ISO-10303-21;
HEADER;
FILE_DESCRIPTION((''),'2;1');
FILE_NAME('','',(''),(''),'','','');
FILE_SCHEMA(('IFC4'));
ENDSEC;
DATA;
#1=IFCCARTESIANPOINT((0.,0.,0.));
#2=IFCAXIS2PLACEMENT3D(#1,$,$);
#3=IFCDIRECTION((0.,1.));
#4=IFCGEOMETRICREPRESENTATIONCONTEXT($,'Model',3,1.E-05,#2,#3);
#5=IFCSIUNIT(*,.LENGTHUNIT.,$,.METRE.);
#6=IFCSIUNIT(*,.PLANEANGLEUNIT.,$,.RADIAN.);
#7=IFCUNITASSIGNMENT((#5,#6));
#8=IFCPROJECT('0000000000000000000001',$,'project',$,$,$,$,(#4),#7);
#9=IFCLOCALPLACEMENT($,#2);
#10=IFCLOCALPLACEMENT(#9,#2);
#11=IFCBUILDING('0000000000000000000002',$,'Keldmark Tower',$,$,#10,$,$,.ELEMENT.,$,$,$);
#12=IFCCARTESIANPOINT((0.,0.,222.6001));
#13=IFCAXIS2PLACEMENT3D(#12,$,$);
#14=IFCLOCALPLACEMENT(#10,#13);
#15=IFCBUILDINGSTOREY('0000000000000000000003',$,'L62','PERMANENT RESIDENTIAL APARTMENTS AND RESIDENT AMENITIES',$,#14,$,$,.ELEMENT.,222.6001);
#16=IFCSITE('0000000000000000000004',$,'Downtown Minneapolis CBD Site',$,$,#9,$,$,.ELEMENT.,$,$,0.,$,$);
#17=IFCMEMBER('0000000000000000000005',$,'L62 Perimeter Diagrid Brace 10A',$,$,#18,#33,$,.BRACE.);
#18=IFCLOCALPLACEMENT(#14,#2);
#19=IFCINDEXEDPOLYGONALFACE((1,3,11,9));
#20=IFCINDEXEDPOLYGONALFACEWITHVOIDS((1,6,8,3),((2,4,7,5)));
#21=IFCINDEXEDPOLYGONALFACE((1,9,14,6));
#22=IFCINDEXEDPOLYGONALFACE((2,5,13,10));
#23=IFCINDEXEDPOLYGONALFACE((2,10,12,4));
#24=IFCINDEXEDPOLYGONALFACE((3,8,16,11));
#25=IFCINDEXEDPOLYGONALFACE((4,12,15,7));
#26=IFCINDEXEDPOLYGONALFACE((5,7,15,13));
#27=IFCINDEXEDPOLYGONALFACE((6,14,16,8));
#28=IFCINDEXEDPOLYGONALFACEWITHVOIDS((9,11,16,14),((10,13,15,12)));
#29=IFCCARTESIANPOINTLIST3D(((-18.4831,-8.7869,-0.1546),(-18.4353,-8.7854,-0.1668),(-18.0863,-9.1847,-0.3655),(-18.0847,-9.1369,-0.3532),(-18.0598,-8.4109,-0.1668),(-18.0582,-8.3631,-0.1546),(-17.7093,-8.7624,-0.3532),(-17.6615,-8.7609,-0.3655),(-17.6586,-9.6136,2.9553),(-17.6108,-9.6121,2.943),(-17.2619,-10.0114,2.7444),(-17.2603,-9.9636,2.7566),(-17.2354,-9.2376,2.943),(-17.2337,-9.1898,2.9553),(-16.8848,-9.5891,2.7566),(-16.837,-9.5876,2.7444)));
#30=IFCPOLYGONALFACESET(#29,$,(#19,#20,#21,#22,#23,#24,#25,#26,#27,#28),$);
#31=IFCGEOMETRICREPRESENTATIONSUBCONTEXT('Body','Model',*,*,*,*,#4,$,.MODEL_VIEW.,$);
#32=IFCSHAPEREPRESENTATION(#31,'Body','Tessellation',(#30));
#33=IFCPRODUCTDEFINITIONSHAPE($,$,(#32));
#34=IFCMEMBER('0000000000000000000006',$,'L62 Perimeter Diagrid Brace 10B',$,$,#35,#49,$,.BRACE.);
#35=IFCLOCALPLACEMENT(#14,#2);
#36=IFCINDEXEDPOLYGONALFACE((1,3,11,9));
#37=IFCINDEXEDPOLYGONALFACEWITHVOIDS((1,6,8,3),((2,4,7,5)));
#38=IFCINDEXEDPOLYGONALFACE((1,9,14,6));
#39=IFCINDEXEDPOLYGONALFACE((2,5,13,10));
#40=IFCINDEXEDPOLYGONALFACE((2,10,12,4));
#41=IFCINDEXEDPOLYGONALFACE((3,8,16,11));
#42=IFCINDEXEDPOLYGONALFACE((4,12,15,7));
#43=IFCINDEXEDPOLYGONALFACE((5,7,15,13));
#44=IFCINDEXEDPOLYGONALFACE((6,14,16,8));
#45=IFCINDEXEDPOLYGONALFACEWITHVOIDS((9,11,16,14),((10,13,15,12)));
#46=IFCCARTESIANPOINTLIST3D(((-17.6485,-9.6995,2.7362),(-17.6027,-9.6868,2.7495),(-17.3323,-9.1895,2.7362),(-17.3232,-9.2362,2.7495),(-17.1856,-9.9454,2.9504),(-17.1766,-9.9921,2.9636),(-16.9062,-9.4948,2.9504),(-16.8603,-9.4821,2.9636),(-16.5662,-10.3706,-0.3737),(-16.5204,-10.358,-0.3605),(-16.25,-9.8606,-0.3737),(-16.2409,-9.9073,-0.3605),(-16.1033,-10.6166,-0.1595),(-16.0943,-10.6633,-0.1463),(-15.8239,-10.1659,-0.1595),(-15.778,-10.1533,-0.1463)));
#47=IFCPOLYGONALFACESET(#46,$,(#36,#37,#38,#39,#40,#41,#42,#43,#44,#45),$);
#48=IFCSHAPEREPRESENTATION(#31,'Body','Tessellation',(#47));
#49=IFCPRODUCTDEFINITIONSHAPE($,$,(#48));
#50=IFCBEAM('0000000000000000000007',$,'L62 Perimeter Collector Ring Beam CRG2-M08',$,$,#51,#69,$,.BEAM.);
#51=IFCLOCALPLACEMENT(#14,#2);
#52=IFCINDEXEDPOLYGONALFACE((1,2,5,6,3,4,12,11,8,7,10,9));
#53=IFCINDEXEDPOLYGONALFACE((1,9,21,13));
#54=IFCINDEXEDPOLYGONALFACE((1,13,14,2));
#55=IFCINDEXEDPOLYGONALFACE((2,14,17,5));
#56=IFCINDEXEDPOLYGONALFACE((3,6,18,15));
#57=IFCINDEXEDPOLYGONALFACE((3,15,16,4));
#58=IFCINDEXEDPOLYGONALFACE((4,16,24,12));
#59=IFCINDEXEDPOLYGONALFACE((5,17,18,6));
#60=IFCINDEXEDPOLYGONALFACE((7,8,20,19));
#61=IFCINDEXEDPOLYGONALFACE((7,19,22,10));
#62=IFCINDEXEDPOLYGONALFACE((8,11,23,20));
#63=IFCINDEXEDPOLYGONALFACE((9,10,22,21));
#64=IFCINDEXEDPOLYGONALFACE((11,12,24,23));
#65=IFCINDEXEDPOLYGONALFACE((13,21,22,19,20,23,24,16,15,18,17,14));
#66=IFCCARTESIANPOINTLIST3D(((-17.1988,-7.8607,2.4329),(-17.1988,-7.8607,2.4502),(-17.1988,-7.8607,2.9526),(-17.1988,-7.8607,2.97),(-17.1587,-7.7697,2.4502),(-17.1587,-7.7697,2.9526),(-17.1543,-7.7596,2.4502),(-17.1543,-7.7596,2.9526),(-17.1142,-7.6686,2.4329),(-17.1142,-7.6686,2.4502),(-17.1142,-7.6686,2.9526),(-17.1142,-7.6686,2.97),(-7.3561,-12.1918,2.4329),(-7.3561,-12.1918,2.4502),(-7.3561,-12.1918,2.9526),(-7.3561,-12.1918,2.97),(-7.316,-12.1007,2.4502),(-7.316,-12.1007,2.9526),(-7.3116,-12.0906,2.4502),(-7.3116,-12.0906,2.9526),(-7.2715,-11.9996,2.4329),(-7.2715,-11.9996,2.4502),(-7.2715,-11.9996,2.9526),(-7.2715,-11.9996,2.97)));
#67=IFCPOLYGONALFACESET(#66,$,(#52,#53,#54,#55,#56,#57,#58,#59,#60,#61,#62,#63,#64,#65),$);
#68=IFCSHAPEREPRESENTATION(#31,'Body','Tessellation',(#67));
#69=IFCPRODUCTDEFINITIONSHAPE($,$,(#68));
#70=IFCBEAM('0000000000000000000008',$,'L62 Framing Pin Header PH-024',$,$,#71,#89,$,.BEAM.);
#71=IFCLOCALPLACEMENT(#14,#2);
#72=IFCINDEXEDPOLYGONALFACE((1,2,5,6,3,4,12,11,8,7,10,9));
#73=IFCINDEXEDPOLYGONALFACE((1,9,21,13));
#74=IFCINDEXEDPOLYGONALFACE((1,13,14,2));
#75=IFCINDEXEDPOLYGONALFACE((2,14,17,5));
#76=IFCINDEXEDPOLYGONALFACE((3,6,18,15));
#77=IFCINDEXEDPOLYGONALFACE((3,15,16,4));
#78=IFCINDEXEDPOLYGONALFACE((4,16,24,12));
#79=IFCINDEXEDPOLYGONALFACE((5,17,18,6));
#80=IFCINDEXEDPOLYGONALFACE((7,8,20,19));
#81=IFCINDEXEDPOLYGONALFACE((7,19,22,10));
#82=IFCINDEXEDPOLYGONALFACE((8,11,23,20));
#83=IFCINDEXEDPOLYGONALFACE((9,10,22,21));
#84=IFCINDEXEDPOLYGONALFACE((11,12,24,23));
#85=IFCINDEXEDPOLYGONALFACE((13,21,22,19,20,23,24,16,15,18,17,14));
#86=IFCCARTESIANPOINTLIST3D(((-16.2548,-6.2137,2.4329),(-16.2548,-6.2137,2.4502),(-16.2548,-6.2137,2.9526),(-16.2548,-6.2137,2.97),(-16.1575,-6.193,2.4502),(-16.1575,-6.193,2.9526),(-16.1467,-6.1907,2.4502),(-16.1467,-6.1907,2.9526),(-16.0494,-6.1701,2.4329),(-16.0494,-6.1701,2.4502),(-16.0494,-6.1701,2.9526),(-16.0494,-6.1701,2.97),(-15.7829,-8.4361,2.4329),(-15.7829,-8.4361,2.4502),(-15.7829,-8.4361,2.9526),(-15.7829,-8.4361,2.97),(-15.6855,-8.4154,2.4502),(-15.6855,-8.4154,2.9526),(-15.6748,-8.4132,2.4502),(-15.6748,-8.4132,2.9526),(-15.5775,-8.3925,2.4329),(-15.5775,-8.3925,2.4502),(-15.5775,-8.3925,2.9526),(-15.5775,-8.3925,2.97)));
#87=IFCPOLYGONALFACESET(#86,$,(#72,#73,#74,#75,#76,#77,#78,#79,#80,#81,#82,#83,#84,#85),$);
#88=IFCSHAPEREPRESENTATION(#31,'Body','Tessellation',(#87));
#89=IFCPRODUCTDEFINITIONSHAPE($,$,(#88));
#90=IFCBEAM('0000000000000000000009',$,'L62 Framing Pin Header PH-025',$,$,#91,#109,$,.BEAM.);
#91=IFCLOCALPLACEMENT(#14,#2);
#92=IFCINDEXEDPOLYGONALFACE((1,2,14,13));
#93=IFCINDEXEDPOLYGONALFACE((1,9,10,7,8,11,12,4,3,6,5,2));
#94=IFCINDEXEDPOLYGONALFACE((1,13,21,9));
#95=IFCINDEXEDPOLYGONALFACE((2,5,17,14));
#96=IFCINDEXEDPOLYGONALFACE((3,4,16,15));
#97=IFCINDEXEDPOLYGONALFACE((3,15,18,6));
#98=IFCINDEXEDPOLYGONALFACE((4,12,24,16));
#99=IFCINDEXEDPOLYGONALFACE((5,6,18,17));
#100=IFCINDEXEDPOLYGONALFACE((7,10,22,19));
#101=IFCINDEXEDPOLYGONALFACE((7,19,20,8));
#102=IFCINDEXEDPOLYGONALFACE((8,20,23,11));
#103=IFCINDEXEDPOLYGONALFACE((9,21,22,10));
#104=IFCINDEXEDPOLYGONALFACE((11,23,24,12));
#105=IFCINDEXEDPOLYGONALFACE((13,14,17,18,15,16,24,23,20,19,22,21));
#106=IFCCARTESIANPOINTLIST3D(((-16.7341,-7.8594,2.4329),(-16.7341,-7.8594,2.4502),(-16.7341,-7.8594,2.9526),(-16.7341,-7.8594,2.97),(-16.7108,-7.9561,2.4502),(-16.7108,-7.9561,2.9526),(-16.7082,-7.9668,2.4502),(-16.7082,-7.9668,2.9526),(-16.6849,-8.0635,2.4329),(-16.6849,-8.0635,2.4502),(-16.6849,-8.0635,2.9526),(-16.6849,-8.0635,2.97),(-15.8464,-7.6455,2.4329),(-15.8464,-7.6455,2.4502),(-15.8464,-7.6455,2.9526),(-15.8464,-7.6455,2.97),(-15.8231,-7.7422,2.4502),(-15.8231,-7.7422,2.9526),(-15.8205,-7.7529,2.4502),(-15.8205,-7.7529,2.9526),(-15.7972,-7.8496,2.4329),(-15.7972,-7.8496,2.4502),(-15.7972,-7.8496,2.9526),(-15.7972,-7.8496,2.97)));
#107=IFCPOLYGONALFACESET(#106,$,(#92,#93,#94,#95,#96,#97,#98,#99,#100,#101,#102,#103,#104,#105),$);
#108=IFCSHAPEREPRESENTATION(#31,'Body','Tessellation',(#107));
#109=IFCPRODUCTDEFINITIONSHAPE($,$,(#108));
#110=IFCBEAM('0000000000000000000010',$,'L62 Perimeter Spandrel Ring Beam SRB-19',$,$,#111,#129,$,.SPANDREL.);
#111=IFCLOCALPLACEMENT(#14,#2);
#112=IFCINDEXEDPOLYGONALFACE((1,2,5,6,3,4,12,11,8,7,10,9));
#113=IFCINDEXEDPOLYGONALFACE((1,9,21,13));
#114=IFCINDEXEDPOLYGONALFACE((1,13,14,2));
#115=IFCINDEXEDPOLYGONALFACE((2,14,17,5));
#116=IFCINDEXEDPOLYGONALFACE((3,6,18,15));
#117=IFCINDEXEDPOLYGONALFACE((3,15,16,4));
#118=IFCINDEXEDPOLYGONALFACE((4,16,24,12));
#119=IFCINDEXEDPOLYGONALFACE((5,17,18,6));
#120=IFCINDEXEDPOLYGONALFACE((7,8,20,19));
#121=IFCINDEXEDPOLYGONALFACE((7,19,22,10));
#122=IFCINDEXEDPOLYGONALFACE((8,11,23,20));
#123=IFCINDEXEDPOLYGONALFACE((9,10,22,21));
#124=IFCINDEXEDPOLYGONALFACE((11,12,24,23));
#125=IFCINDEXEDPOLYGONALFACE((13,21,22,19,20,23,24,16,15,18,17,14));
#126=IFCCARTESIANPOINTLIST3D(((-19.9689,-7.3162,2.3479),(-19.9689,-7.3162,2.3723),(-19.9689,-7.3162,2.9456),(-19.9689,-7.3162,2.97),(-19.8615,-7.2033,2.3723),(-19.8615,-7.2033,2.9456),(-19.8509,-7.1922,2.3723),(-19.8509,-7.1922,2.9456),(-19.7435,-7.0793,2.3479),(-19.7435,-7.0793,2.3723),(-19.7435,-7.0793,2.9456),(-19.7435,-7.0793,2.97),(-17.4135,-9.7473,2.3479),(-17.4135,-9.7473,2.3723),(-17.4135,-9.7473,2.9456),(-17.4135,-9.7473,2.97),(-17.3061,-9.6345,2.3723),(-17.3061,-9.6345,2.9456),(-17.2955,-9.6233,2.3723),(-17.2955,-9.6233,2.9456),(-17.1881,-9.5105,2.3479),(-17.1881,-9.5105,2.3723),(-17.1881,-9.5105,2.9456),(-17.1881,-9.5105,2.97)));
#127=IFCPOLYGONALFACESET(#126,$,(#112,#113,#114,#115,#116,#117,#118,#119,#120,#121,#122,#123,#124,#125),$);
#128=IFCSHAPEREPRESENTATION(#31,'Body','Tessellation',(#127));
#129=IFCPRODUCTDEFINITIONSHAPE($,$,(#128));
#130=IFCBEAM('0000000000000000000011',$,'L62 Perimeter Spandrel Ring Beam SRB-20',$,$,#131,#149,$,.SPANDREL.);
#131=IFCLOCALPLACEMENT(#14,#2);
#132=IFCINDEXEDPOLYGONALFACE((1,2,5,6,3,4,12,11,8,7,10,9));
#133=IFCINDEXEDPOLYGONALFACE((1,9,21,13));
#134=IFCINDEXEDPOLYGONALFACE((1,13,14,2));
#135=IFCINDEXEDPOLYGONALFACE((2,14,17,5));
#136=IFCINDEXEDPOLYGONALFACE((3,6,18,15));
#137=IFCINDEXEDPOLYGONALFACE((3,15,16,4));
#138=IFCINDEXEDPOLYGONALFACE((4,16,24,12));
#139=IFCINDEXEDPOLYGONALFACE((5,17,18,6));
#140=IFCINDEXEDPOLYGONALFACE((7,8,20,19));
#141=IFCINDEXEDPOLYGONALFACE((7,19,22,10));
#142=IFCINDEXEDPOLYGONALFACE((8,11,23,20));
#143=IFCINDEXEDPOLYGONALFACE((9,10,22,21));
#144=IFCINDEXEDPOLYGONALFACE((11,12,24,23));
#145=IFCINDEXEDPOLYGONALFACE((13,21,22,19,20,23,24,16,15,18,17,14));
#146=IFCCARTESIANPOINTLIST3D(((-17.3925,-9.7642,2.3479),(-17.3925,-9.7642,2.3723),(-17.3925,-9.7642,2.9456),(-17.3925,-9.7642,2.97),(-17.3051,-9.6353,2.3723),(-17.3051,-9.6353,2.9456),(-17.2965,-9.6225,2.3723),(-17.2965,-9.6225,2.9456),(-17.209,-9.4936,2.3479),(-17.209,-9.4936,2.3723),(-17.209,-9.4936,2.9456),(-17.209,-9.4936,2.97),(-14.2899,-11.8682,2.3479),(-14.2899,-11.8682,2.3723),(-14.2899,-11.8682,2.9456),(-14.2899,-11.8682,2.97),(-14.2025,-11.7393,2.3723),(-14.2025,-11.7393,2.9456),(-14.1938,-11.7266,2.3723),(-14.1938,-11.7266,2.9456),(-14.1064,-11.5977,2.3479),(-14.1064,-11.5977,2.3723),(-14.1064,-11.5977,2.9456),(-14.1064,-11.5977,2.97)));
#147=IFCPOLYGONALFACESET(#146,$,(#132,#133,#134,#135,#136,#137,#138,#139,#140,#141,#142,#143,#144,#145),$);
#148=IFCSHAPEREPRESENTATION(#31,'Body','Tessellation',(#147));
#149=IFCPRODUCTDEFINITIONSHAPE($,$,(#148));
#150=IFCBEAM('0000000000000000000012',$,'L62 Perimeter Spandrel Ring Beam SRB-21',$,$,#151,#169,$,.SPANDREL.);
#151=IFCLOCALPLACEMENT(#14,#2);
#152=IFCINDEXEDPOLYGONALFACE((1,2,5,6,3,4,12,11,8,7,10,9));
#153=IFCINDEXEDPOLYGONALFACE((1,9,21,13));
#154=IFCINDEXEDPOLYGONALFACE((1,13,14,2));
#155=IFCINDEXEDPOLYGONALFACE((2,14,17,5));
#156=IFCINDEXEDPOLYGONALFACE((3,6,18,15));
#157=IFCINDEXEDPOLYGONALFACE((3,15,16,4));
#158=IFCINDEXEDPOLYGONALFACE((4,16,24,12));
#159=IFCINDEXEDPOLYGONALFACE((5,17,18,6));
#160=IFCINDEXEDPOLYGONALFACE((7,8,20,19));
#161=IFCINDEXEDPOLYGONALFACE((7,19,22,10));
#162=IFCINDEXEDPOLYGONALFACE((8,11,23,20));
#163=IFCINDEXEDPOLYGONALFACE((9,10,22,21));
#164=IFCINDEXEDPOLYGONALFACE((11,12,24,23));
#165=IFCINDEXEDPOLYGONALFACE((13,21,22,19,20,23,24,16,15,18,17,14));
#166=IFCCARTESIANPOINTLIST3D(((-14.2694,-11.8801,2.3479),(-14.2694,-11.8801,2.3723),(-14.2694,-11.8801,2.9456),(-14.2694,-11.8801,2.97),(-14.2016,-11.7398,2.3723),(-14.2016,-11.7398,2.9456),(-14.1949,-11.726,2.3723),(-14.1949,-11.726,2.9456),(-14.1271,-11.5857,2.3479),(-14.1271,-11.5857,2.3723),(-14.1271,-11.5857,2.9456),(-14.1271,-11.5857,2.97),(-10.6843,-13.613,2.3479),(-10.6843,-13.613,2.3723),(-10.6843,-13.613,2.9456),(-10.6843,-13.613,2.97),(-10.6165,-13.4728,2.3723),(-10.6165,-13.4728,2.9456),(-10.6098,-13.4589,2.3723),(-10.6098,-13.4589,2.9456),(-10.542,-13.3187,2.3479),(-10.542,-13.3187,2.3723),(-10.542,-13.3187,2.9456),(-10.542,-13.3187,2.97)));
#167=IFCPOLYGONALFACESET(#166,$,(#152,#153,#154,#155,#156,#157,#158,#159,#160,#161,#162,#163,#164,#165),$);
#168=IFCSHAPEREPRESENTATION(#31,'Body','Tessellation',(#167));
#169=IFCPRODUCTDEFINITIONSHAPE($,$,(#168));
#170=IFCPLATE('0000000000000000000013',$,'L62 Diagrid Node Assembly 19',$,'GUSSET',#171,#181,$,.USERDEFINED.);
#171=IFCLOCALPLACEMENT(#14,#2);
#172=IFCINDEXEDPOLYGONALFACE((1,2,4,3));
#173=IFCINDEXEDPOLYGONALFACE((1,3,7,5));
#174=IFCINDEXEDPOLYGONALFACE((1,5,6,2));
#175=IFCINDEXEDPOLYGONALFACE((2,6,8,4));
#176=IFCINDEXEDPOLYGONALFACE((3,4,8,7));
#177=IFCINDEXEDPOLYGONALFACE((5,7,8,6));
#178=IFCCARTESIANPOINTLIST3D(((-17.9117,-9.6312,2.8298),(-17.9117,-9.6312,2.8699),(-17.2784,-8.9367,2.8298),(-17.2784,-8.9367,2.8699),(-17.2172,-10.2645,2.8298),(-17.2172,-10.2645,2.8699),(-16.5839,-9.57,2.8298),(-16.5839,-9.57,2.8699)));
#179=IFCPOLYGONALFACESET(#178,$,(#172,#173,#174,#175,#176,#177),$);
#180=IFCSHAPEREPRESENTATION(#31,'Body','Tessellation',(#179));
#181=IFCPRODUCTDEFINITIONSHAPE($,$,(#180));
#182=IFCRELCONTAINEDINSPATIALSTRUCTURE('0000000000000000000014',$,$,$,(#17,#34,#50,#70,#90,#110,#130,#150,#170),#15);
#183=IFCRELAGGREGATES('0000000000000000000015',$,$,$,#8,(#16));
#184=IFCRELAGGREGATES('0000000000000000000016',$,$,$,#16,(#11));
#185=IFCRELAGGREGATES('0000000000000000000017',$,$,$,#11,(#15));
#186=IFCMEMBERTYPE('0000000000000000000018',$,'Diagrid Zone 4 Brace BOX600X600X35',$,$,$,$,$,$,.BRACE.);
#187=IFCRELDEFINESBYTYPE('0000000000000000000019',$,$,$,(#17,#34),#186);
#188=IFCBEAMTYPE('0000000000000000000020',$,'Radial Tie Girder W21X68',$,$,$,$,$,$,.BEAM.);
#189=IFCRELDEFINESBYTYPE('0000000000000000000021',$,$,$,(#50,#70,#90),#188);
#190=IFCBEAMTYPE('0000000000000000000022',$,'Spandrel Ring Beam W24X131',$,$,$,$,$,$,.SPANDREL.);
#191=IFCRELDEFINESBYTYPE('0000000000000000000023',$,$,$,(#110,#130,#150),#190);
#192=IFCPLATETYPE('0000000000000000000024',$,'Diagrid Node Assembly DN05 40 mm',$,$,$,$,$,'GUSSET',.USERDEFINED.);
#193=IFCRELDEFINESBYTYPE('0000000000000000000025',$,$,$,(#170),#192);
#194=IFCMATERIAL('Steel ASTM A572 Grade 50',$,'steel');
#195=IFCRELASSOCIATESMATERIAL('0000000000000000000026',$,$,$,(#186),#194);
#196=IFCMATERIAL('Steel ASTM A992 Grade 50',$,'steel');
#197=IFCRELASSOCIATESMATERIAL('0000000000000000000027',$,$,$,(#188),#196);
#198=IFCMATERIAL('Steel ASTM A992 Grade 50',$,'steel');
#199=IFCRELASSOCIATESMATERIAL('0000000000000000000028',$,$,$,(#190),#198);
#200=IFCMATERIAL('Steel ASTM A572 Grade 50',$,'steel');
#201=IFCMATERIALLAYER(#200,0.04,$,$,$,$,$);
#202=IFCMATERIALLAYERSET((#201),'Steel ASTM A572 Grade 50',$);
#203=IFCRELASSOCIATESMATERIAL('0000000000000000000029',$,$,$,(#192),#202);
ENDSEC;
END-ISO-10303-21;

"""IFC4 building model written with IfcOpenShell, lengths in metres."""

from ifc_helpers import new_model, si_unit, direction, frame, origin, origin_2d, place, context, subcontext, project, spatial, rectangle, hollow_rectangle, i_section, extrude, material, layer, layer_set, material_profile, profile_set, type_object, element, save


model = new_model("IFC4")

# Units and contexts
model_context = context("Model", 3, precision=1e-05, world=origin(), true_north=direction((0.0, 1.0)))
body_context = subcontext(model_context, "Body", "Model", "MODEL_VIEW")
ifc_project = project(units=[si_unit("LENGTHUNIT", "METRE"), si_unit("PLANEANGLEUNIT", "RADIAN")], contexts=[model_context])

# Site, building, storey
site_placement = place(None, origin())
site = spatial("IfcSite", under=ifc_project, at=site_placement, Name="Downtown Minneapolis CBD Site", CompositionType="ELEMENT", RefElevation=0.0)
building_placement = place(site_placement, origin())
building = spatial("IfcBuilding", under=site, at=building_placement, Name="Keldmark Tower", CompositionType="ELEMENT")
storey_placement = place(building_placement, frame((0.0, 0.0, 222.6001)))
storey = spatial("IfcBuildingStorey", under=building, at=storey_placement, Name="L62", Description="PERMANENT RESIDENTIAL APARTMENTS AND RESIDENT AMENITIES", CompositionType="ELEMENT", Elevation=222.6001)

# Members
ifc_material_1 = material(Name="Steel ASTM A572 Grade 50", Category="steel")
ifc_material_profile_1 = material_profile(ifc_material_1, hollow_rectangle(XDim=0.6001, YDim=0.6001, WallThickness=0.0349, at=origin_2d()), Name="BOX600X600X35")
ifc_profile_set_1 = profile_set([ifc_material_profile_1], Name="Steel ASTM A572 Grade 50")
member_type = type_object("IfcMemberType", Name="Diagrid Zone 4 Brace BOX600X600X35", PredefinedType="BRACE", material=ifc_profile_set_1)
member_1_placement = place(storey_placement, frame((-18.0723, -8.7739, -0.26), z_axis=(0.248198, -0.248859, 0.936198), x_axis=(0.708047, 0.706165, 0.0)))
element("IfcMember", 1, at=member_1_placement, inside=storey, type_object=member_type, Name="L62 Perimeter Diagrid Brace 10A", PredefinedType="BRACE", context=body_context, shape_type="SweptSolid", body=[
    extrude(hollow_rectangle(XDim=0.6001, YDim=0.6001, WallThickness=0.0349, at=origin_2d()), origin(), (0.0, 0.0, 1.0), 3.3218),
])
member_2_placement = place(storey_placement, frame((-16.1721, -10.262, -0.26), z_axis=(-0.322057, 0.199715, 0.925415), x_axis=(-0.527014, -0.849856, 0.0)))
element("IfcMember", 2, at=member_2_placement, inside=storey, type_object=member_type, Name="L62 Perimeter Diagrid Brace 10B", PredefinedType="BRACE", context=body_context, shape_type="SweptSolid", body=[
    extrude(hollow_rectangle(XDim=0.6001, YDim=0.6001, WallThickness=0.0349, at=origin_2d()), origin(), (0.0, 0.0, 1.0), 3.3606),
])

# Beams
ifc_material_2 = material(Name="Steel ASTM A992 Grade 50", Category="steel")
ifc_material_profile_2 = material_profile(ifc_material_2, i_section(OverallWidth=0.21, OverallDepth=0.5371, WebThickness=0.011, FlangeThickness=0.0173, at=origin_2d()), Name="W21X68")
ifc_profile_set_2 = profile_set([ifc_material_profile_2], Name="Steel ASTM A992 Grade 50")
beam_type_1 = type_object("IfcBeamType", Name="Radial Tie Girder W21X68", PredefinedType="BEAM", material=ifc_profile_set_2)
beam_1_placement = place(storey_placement, frame((-17.1565, -7.7646, 2.7014), z_axis=(0.915307, -0.402757, 0.0), x_axis=(0.402757, 0.915307, 0.0)))
element("IfcBeam", 3, at=beam_1_placement, inside=storey, type_object=beam_type_1, Name="L62 Perimeter Collector Ring Beam CRG2-M08", PredefinedType="BEAM", context=body_context, shape_type="SweptSolid", body=[
    extrude(i_section(OverallWidth=0.21, OverallDepth=0.5371, WebThickness=0.011, FlangeThickness=0.0173, at=origin_2d()), origin(), (0.0, 0.0, 1.0), 10.7534),
])
beam_2_placement = place(storey_placement, frame((-15.6802, -8.4143, 2.7014), z_axis=(-0.207716, 0.978189, 0.0), x_axis=(-0.978189, -0.207716, 0.0)))
element("IfcBeam", 4, at=beam_2_placement, inside=storey, type_object=beam_type_1, Name="L62 Framing Pin Header PH-024", PredefinedType="BEAM", context=body_context, shape_type="SweptSolid", body=[
    extrude(i_section(OverallWidth=0.21, OverallDepth=0.5371, WebThickness=0.011, FlangeThickness=0.0173, at=origin_2d()), origin(), (0.0, 0.0, 1.0), 2.272),
])
beam_3_placement = place(storey_placement, frame((-15.8218, -7.7476, 2.7014), z_axis=(-0.972183, -0.234222, 0.0), x_axis=(0.234222, -0.972183, 0.0)))
element("IfcBeam", 5, at=beam_3_placement, inside=storey, type_object=beam_type_1, Name="L62 Framing Pin Header PH-025", PredefinedType="BEAM", context=body_context, shape_type="SweptSolid", body=[
    extrude(i_section(OverallWidth=0.21, OverallDepth=0.5371, WebThickness=0.011, FlangeThickness=0.0173, at=origin_2d()), origin(), (0.0, 0.0, 1.0), 0.9131),
])
ifc_material_3 = material(Name="Steel ASTM A992 Grade 50", Category="steel")
ifc_material_profile_3 = material_profile(ifc_material_3, i_section(OverallWidth=0.3269, OverallDepth=0.6221, WebThickness=0.0154, FlangeThickness=0.0244, at=origin_2d()), Name="W24X131")
ifc_profile_set_3 = profile_set([ifc_material_profile_3], Name="Steel ASTM A992 Grade 50")
beam_type_2 = type_object("IfcBeamType", Name="Spandrel Ring Beam W24X131", PredefinedType="SPANDREL", material=ifc_profile_set_3)
beam_4_placement = place(storey_placement, frame((-19.8562, -7.1978, 2.6589), z_axis=(0.724503, -0.689271, 0.0), x_axis=(0.689271, 0.724503, 0.0)))
element("IfcBeam", 6, at=beam_4_placement, inside=storey, type_object=beam_type_2, Name="L62 Perimeter Spandrel Ring Beam SRB-19", PredefinedType="SPANDREL", context=body_context, shape_type="SweptSolid", body=[
    extrude(i_section(OverallWidth=0.3269, OverallDepth=0.6221, WebThickness=0.0154, FlangeThickness=0.0244, at=origin_2d()), origin(), (0.0, 0.0, 1.0), 3.5271),
])
beam_5_placement = place(storey_placement, frame((-17.3008, -9.6289, 2.6589), z_axis=(0.827636, -0.561266, 0.0), x_axis=(0.561266, 0.827636, 0.0)))
element("IfcBeam", 7, at=beam_5_placement, inside=storey, type_object=beam_type_2, Name="L62 Perimeter Spandrel Ring Beam SRB-20", PredefinedType="SPANDREL", context=body_context, shape_type="SweptSolid", body=[
    extrude(i_section(OverallWidth=0.3269, OverallDepth=0.6221, WebThickness=0.0154, FlangeThickness=0.0244, at=origin_2d()), origin(), (0.0, 0.0, 1.0), 3.7488),
])
beam_6_placement = place(storey_placement, frame((-14.1982, -11.7329, 2.6589), z_axis=(0.900331, -0.435205, 0.0), x_axis=(0.435205, 0.900331, 0.0)))
element("IfcBeam", 8, at=beam_6_placement, inside=storey, type_object=beam_type_2, Name="L62 Perimeter Spandrel Ring Beam SRB-21", PredefinedType="SPANDREL", context=body_context, shape_type="SweptSolid", body=[
    extrude(i_section(OverallWidth=0.3269, OverallDepth=0.6221, WebThickness=0.0154, FlangeThickness=0.0244, at=origin_2d()), origin(), (0.0, 0.0, 1.0), 3.9819),
])

# Plate
ifc_material_4 = material(Name="Steel ASTM A572 Grade 50", Category="steel")
ifc_layer_1 = layer(ifc_material_4, 0.04)
ifc_layer_set_1 = layer_set([ifc_layer_1], Name="Steel ASTM A572 Grade 50")
plate_type = type_object("IfcPlateType", Name="Diagrid Node Assembly DN05 40 mm", ElementType="GUSSET", PredefinedType="USERDEFINED", material=ifc_layer_set_1)
plate_placement = place(storey_placement, frame((-17.2478, -9.6006, 2.8298), z_axis=(0.0, 0.0, 1.0), x_axis=(0.738926, -0.673787, 0.0)))
element("IfcPlate", 9, at=plate_placement, inside=storey, type_object=plate_type, Name="L62 Diagrid Node Assembly 19", ObjectType="GUSSET", PredefinedType="USERDEFINED", context=body_context, shape_type="SweptSolid", body=[
    extrude(rectangle(XDim=0.9399, YDim=0.9399, at=origin_2d()), origin(), (0.0, 0.0, 1.0), 0.04),
])

save(model, "model.ifc")
